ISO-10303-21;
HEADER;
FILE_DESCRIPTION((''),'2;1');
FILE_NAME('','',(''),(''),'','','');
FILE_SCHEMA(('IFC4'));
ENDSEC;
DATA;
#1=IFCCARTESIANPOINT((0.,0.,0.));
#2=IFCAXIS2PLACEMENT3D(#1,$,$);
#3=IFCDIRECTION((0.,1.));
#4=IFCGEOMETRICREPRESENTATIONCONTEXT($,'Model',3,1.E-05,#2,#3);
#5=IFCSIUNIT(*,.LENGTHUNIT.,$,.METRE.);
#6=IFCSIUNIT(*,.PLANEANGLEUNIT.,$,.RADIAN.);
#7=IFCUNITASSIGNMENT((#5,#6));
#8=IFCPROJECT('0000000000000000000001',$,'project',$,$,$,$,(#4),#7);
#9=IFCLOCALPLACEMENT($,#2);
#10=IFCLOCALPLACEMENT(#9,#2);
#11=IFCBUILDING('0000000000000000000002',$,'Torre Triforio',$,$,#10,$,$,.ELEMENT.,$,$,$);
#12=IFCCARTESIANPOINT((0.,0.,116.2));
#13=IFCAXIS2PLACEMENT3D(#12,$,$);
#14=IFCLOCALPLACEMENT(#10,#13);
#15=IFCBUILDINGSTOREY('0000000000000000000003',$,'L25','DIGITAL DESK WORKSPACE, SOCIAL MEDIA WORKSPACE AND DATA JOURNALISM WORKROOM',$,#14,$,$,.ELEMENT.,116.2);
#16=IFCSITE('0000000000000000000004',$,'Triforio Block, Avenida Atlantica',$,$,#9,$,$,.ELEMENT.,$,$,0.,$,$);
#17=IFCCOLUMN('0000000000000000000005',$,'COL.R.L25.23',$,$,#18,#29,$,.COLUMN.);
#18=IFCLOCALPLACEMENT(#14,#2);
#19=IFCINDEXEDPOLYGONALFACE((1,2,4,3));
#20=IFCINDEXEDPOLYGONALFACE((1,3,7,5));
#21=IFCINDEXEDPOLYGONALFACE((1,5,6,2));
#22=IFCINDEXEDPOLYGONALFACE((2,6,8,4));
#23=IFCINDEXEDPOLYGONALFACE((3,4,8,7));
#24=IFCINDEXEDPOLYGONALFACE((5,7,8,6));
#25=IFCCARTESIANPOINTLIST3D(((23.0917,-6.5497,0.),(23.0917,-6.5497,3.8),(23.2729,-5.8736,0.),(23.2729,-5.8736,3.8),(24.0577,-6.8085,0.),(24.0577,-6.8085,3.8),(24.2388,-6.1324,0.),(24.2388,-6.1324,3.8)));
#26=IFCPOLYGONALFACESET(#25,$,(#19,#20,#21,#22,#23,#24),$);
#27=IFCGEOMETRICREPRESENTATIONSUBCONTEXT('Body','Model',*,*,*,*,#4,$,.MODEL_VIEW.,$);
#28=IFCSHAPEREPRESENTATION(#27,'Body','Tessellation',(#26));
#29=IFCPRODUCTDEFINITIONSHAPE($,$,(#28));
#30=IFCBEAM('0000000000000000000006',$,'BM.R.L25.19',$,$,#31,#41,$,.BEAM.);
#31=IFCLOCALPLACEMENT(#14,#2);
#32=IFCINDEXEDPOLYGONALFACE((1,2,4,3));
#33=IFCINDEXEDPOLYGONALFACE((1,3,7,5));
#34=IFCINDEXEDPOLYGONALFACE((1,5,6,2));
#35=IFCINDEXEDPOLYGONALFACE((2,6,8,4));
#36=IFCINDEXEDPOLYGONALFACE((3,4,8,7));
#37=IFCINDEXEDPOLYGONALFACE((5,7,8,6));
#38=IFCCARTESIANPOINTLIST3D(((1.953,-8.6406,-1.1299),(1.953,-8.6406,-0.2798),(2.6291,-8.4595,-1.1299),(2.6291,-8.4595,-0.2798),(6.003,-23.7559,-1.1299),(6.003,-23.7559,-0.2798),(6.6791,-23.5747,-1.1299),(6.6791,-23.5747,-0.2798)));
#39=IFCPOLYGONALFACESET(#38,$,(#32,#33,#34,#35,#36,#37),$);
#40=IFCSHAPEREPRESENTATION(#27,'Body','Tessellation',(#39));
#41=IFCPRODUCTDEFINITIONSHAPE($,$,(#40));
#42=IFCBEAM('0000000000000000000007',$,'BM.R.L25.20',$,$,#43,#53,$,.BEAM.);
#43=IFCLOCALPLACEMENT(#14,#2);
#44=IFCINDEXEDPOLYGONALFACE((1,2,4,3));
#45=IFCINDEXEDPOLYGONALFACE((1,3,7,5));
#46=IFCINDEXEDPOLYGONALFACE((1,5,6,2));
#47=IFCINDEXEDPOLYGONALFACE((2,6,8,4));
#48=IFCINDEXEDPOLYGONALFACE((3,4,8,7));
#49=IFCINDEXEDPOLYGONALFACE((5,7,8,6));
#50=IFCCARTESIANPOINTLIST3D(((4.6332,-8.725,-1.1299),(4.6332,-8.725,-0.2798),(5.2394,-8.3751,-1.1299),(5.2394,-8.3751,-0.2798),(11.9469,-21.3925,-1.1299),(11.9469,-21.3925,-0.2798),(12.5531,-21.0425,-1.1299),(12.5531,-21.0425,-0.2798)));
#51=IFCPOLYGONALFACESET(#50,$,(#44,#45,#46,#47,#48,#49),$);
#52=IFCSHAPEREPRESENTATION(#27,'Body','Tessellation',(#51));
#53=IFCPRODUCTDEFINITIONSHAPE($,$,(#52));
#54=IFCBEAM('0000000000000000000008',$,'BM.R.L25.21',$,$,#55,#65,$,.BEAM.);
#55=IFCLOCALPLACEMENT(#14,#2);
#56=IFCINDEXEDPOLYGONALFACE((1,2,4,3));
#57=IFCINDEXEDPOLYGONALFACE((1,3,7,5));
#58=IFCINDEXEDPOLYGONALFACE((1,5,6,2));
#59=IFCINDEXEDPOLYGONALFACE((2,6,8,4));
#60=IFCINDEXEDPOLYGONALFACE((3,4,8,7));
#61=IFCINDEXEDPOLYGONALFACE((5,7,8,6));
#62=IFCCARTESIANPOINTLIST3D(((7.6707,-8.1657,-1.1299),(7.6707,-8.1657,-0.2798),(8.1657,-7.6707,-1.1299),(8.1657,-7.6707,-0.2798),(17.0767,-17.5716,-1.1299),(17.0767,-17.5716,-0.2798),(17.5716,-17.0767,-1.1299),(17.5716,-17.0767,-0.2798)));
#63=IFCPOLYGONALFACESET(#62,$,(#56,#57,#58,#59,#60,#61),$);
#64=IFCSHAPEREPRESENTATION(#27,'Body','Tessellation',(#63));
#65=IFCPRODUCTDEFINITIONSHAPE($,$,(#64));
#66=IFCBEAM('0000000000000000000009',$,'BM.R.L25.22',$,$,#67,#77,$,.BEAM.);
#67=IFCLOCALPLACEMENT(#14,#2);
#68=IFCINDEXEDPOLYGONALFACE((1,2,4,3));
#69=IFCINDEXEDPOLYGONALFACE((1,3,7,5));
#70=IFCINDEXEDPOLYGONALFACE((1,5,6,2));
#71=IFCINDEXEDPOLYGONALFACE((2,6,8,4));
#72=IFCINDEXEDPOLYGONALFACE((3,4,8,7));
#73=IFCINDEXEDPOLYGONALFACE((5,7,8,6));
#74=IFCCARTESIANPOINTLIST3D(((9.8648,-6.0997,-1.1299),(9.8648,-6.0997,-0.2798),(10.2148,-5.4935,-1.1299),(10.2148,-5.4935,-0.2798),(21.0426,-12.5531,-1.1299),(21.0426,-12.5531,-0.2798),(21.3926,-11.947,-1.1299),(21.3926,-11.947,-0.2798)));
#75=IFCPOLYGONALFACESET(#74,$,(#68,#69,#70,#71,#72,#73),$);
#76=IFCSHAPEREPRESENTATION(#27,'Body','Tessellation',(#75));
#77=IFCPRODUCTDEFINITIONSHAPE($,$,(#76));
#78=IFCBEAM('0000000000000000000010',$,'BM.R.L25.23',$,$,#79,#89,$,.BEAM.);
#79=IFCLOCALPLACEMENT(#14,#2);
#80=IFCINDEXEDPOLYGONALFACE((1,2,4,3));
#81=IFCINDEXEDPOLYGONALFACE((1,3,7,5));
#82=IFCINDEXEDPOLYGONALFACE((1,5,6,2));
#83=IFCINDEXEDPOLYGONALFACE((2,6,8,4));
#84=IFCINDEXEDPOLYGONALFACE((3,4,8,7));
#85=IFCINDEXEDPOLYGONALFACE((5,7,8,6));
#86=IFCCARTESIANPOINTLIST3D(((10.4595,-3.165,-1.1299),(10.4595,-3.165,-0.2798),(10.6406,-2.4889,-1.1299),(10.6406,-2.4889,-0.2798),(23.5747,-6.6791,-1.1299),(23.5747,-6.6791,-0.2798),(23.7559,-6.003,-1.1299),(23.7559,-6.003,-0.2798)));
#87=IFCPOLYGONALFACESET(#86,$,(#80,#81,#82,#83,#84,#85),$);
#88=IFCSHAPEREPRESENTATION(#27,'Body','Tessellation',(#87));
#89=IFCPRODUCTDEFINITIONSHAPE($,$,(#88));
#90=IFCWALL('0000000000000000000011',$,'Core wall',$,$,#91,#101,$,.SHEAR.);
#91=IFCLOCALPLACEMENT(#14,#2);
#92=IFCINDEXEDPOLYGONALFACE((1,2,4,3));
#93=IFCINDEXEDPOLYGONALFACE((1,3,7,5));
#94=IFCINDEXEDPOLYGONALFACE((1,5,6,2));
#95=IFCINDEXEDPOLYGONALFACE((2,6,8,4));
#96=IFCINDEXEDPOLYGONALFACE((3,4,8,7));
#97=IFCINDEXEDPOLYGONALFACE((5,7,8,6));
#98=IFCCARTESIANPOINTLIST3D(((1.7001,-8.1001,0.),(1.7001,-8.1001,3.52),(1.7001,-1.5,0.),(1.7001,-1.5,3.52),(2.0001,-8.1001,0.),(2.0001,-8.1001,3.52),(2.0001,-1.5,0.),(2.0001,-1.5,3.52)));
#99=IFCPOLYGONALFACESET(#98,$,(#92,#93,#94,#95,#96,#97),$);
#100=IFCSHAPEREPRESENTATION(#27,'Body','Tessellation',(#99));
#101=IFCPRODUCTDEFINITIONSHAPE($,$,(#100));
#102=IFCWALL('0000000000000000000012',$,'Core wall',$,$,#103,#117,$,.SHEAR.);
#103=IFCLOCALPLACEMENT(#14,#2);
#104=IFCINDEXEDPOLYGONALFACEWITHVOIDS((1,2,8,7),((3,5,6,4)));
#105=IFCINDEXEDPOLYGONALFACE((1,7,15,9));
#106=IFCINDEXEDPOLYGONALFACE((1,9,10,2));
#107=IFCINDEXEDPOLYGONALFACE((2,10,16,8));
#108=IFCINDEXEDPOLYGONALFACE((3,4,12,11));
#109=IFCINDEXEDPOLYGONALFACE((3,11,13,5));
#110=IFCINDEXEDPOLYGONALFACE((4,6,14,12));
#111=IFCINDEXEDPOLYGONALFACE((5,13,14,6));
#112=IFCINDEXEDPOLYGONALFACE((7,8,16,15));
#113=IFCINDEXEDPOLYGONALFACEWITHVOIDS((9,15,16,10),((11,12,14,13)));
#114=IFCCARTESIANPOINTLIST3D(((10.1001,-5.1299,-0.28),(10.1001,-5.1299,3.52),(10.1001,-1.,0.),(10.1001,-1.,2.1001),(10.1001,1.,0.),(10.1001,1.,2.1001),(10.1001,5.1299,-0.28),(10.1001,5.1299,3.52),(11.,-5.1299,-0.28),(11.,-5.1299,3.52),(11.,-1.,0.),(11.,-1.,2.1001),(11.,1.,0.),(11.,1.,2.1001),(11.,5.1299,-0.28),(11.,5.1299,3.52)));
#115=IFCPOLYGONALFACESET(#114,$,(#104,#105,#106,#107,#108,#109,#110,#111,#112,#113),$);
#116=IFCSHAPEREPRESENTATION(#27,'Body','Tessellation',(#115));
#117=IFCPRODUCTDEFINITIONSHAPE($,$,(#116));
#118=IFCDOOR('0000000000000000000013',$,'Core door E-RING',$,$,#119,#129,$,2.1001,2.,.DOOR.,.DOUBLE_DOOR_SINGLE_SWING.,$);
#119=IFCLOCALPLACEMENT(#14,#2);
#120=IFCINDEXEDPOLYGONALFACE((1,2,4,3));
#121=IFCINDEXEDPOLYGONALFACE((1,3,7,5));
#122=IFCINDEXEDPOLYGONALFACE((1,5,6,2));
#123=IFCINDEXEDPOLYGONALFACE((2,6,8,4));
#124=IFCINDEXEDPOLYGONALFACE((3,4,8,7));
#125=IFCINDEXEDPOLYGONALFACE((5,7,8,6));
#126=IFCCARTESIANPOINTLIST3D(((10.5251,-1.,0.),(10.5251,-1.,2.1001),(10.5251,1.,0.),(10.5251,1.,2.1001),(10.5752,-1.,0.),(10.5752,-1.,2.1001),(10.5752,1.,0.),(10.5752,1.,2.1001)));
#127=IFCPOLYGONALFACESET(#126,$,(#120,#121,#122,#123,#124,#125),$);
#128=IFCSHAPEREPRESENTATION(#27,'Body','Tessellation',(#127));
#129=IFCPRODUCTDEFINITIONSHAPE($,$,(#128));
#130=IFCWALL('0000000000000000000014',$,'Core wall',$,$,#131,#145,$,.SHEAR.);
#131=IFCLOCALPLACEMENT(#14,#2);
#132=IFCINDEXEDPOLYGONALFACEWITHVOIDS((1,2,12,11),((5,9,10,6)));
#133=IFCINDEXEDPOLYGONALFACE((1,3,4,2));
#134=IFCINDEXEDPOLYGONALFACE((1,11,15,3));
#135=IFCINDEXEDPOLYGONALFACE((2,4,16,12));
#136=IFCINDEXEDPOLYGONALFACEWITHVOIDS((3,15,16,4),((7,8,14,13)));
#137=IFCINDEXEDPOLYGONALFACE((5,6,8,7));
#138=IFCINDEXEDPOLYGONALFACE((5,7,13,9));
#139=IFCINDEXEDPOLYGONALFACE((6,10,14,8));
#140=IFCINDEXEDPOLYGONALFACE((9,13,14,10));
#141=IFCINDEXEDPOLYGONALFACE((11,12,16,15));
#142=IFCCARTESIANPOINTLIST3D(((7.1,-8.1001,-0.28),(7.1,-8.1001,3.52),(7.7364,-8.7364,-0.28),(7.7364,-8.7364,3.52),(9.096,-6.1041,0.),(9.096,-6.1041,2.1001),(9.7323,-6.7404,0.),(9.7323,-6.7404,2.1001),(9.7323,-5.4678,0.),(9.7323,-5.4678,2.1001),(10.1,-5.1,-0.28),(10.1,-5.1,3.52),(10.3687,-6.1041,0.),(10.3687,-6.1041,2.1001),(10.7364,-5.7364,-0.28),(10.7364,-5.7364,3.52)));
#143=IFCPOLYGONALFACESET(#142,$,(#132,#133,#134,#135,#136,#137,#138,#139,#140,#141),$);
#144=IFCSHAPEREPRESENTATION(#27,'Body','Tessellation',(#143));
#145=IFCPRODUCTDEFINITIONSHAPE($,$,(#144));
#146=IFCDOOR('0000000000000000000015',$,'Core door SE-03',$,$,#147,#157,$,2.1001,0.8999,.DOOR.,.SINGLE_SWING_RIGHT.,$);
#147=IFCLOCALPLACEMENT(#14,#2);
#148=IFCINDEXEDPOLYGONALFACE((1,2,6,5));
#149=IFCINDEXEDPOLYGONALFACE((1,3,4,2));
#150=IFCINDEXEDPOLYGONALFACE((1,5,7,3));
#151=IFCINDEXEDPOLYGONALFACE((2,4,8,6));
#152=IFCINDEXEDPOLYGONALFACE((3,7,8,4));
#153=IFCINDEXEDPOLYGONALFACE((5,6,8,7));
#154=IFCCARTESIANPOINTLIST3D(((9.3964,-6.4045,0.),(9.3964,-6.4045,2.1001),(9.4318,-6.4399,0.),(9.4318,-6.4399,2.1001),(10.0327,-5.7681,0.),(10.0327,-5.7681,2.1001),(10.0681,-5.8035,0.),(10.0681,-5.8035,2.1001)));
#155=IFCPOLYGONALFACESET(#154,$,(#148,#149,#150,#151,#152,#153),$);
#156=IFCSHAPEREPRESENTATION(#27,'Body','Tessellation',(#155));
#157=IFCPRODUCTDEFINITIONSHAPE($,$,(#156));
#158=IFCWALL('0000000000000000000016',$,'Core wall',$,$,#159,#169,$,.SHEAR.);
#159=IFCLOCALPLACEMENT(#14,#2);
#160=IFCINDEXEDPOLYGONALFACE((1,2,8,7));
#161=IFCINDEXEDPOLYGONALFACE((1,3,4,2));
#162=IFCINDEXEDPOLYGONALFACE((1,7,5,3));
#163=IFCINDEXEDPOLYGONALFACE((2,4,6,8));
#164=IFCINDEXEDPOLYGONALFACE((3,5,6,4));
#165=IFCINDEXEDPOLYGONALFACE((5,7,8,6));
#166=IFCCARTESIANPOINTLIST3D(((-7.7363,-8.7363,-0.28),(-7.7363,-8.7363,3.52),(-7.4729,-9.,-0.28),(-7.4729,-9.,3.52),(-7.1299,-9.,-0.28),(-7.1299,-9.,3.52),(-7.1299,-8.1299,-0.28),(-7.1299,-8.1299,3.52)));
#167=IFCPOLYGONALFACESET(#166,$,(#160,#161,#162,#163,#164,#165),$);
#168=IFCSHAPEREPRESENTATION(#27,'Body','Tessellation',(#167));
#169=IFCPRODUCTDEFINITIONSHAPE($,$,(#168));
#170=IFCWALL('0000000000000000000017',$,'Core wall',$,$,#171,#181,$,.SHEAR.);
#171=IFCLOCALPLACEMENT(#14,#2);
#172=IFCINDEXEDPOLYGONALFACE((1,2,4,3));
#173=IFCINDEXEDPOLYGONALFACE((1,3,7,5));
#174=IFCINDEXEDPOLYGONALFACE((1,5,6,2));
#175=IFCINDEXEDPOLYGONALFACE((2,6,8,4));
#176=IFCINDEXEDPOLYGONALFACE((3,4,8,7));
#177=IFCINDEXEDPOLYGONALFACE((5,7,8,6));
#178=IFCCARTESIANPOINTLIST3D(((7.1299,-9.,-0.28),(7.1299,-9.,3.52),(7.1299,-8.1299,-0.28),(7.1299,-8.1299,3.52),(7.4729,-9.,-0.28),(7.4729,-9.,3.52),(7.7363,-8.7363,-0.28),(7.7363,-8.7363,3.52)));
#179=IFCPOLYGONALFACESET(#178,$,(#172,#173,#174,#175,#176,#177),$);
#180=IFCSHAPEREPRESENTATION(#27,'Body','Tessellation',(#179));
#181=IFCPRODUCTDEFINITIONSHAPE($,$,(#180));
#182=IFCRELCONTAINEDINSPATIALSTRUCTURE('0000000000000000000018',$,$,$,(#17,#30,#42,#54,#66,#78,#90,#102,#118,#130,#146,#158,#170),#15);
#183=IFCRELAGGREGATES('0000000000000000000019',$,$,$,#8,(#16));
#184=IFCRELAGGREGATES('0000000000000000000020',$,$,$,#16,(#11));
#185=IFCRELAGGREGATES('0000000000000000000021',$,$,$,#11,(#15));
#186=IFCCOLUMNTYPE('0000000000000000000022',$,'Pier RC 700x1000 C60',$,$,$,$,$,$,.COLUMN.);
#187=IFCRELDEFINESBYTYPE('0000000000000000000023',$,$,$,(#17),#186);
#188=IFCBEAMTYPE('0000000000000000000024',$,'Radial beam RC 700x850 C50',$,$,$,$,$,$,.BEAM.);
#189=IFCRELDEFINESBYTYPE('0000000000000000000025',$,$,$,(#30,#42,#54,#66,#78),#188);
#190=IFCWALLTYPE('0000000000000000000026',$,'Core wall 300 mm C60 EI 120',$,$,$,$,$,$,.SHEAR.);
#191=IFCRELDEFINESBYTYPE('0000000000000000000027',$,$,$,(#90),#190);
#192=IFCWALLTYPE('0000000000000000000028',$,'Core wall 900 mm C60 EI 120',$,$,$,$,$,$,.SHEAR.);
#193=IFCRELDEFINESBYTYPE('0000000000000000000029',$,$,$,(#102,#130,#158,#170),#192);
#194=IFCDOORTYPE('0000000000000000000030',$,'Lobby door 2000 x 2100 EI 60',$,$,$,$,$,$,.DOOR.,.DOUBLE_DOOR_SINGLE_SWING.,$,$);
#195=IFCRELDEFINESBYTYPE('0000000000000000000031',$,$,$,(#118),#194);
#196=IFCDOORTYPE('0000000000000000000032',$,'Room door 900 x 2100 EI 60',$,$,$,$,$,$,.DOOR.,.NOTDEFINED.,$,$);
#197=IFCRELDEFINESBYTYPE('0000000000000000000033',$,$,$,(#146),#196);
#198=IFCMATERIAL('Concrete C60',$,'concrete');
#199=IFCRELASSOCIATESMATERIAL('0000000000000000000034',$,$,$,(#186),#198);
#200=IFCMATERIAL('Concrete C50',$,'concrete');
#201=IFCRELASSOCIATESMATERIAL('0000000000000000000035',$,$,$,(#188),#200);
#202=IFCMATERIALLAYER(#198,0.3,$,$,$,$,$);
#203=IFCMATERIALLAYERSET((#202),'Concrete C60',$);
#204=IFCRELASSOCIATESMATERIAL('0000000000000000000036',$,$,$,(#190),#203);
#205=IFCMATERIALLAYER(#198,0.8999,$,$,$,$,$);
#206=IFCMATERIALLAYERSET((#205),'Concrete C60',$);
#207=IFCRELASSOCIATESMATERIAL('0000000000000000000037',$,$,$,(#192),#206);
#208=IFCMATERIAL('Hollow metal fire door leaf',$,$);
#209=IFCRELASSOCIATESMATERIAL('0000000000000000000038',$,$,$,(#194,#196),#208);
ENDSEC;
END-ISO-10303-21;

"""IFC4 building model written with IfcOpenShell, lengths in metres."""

from ifc_helpers import new_model, si_unit, direction, frame, frame_2d, origin, origin_2d, place, context, subcontext, project, spatial, polyline, rectangle, outline, extrude, material, layer, layer_set, material_profile, profile_set, type_object, element, fill, save


model = new_model("IFC4")

# Units and contexts
model_context = context("Model", 3, precision=1e-05, world=origin(), true_north=direction((0.0, 1.0)))
body_context = subcontext(model_context, "Body", "Model", "MODEL_VIEW")
ifc_project = project(units=[si_unit("LENGTHUNIT", "METRE"), si_unit("PLANEANGLEUNIT", "RADIAN")], contexts=[model_context])

# Site, building, storey
site_placement = place(None, origin())
site = spatial("IfcSite", under=ifc_project, at=site_placement, Name="Triforio Block, Avenida Atlantica", CompositionType="ELEMENT", RefElevation=0.0)
building_placement = place(site_placement, origin())
building = spatial("IfcBuilding", under=site, at=building_placement, Name="Torre Triforio", CompositionType="ELEMENT")
storey_placement = place(building_placement, frame((0.0, 0.0, 116.2)))
storey = spatial("IfcBuildingStorey", under=building, at=storey_placement, Name="L25", Description="DIGITAL DESK WORKSPACE, SOCIAL MEDIA WORKSPACE AND DATA JOURNALISM WORKROOM", CompositionType="ELEMENT", Elevation=116.2)

# Column
ifc_material_1 = material(Name="Concrete C60", Category="concrete")
ifc_material_profile_1 = material_profile(ifc_material_1, rectangle(XDim=0.7, YDim=1.0, at=origin_2d()), Name="RC 700x1000")
ifc_profile_set_1 = profile_set([ifc_material_profile_1], Name="Concrete C60")
column_type = type_object("IfcColumnType", Name="Pier RC 700x1000 C60", PredefinedType="COLUMN", material=ifc_profile_set_1)
column_placement = place(storey_placement, frame((23.6653, -6.3411, 0.0), z_axis=(0.0, 0.0, 1.0), x_axis=(0.258819, 0.965926, 0.0)))
element("IfcColumn", 1, at=column_placement, inside=storey, type_object=column_type, Name="COL.R.L25.23", PredefinedType="COLUMN", context=body_context, shape_type="SweptSolid", body=[
    extrude(rectangle(XDim=0.7, YDim=1.0, at=origin_2d()), origin(), (0.0, 0.0, 1.0), 3.8),
])

# Beams
ifc_material_2 = material(Name="Concrete C50", Category="concrete")
ifc_material_profile_2 = material_profile(ifc_material_2, rectangle(XDim=0.7, YDim=0.8501, at=origin_2d()), Name="RC 700x850")
ifc_profile_set_2 = profile_set([ifc_material_profile_2], Name="Concrete C50")
beam_type = type_object("IfcBeamType", Name="Radial beam RC 700x850 C50", PredefinedType="BEAM", material=ifc_profile_set_2)
beam_1_placement = place(storey_placement, frame((2.291, -8.55, -0.7048), z_axis=(0.258815, -0.965927, 0.0), x_axis=(0.965927, 0.258815, 0.0)))
element("IfcBeam", 2, at=beam_1_placement, inside=storey, type_object=beam_type, Name="BM.R.L25.19", PredefinedType="BEAM", context=body_context, shape_type="SweptSolid", body=[
    extrude(rectangle(XDim=0.7, YDim=0.8501, at=origin_2d()), origin(), (0.0, 0.0, 1.0), 15.6484),
])
beam_2_placement = place(storey_placement, frame((4.9363, -8.55, -0.7048), z_axis=(0.500008, -0.866021, 0.0), x_axis=(0.866021, 0.500008, 0.0)))
element("IfcBeam", 3, at=beam_2_placement, inside=storey, type_object=beam_type, Name="BM.R.L25.20", PredefinedType="BEAM", context=body_context, shape_type="SweptSolid", body=[
    extrude(rectangle(XDim=0.7, YDim=0.8501, at=origin_2d()), origin(), (0.0, 0.0, 1.0), 14.6272),
])
beam_3_placement = place(storey_placement, frame((7.9182, -7.9182, -0.7048), z_axis=(0.707107, -0.707107, 0.0), x_axis=(0.707107, 0.707107, 0.0)))
element("IfcBeam", 4, at=beam_3_placement, inside=storey, type_object=beam_type, Name="BM.R.L25.21", PredefinedType="BEAM", context=body_context, shape_type="SweptSolid", body=[
    extrude(rectangle(XDim=0.7, YDim=0.8501, at=origin_2d()), origin(), (0.0, 0.0, 1.0), 13.302),
])
beam_4_placement = place(storey_placement, frame((10.0398, -5.7966, -0.7048), z_axis=(0.866029, -0.499994, 0.0), x_axis=(0.499994, 0.866029, 0.0)))
element("IfcBeam", 5, at=beam_4_placement, inside=storey, type_object=beam_type, Name="BM.R.L25.22", PredefinedType="BEAM", context=body_context, shape_type="SweptSolid", body=[
    extrude(rectangle(XDim=0.7, YDim=0.8501, at=origin_2d()), origin(), (0.0, 0.0, 1.0), 12.907),
])
beam_5_placement = place(storey_placement, frame((10.55, -2.8269, -0.7048), z_axis=(0.965927, -0.258815, 0.0), x_axis=(0.258815, 0.965927, 0.0)))
element("IfcBeam", 6, at=beam_5_placement, inside=storey, type_object=beam_type, Name="BM.R.L25.23", PredefinedType="BEAM", context=body_context, shape_type="SweptSolid", body=[
    extrude(rectangle(XDim=0.7, YDim=0.8501, at=origin_2d()), origin(), (0.0, 0.0, 1.0), 13.5779),
])

# Wall
ifc_layer_1 = layer(ifc_material_1, 0.3)
ifc_layer_set_1 = layer_set([ifc_layer_1], Name="Concrete C60")
wall_type_1 = type_object("IfcWallType", Name="Core wall 300 mm C60 EI 120", PredefinedType="SHEAR", material=ifc_layer_set_1)
wall_1_placement = place(storey_placement, frame((1.8501, -8.1001, 0.0), z_axis=(0.0, 0.0, 1.0), x_axis=(0.0, 1.0, 0.0)))
element("IfcWall", 7, at=wall_1_placement, inside=storey, type_object=wall_type_1, Name="Core wall", PredefinedType="SHEAR", context=body_context, shape_type="SweptSolid", body=[
    extrude(rectangle(XDim=6.6001, YDim=0.3, at=frame_2d((3.3, 0.0))), origin(), (0.0, 0.0, 1.0), 3.52),
])

# Walls, openings, doors
ifc_layer_2 = layer(ifc_material_1, 0.8999)
ifc_layer_set_2 = layer_set([ifc_layer_2], Name="Concrete C60")
wall_type_2 = type_object("IfcWallType", Name="Core wall 900 mm C60 EI 120", PredefinedType="SHEAR", material=ifc_layer_set_2)
wall_2_placement = place(storey_placement, frame((10.55, -5.1299, -0.28), z_axis=(0.0, 0.0, 1.0), x_axis=(0.0, 1.0, 0.0)))
wall_2 = element("IfcWall", 8, at=wall_2_placement, inside=storey, type_object=wall_type_2, Name="Core wall", PredefinedType="SHEAR", context=body_context, shape_type="SweptSolid", body=[
    extrude(rectangle(XDim=10.2598, YDim=0.8999, at=frame_2d((5.1299, 0.0))), origin(), (0.0, 0.0, 1.0), 3.8),
])
opening_1_placement = place(wall_2_placement, frame((4.1299, 0.0, 0.28)))
opening_1 = element("IfcOpeningElement", 9, at=opening_1_placement, cuts=wall_2, PredefinedType="OPENING", context=body_context, shape_type="SweptSolid", body=[
    extrude(rectangle(XDim=2.0, YDim=2.1001, at=frame_2d((1.0, 1.05))), frame((0.0, 0.46, 0.0), z_axis=(0.0, -1.0, 0.0), x_axis=(1.0, 0.0, 0.0)), (0.0, 0.0, 1.0), 0.9199),
])
ifc_material_3 = material(Name="Hollow metal fire door leaf")
door_type_1 = type_object("IfcDoorType", Name="Lobby door 2000 x 2100 EI 60", OperationType="DOUBLE_DOOR_SINGLE_SWING", PredefinedType="DOOR", material=ifc_material_3)
door_1_placement = place(opening_1_placement, origin())
door_1 = element("IfcDoor", 10, at=door_1_placement, inside=storey, type_object=door_type_1, Name="Core door E-RING", OperationType="DOUBLE_DOOR_SINGLE_SWING", OverallHeight=2.1001, OverallWidth=2.0, PredefinedType="DOOR", context=body_context, shape_type="SweptSolid", body=[
    extrude(rectangle(XDim=2.0, YDim=2.1001, at=frame_2d((1.0, 1.05))), frame((0.0, 0.0249, 0.0), z_axis=(0.0, -1.0, 0.0), x_axis=(1.0, 0.0, 0.0)), (0.0, 0.0, 1.0), 0.05),
])
fill(opening_1, door_1)
wall_3_placement = place(storey_placement, frame((10.4182, -5.4182, -0.28), z_axis=(0.0, 0.0, 1.0), x_axis=(-0.707107, -0.707107, 0.0)))
wall_3 = element("IfcWall", 11, at=wall_3_placement, inside=storey, type_object=wall_type_2, Name="Core wall", PredefinedType="SHEAR", context=body_context, shape_type="SweptSolid", body=[
    extrude(rectangle(XDim=4.2427, YDim=0.8999, at=frame_2d((2.1213, 0.0))), origin(), (0.0, 0.0, 1.0), 3.8),
])
opening_2_placement = place(wall_3_placement, frame((0.52, 0.0, 0.28)))
opening_2 = element("IfcOpeningElement", 12, at=opening_2_placement, cuts=wall_3, PredefinedType="OPENING", context=body_context, shape_type="SweptSolid", body=[
    extrude(rectangle(XDim=0.8999, YDim=2.1001, at=frame_2d((0.45, 1.05))), frame((0.0, 0.46, 0.0), z_axis=(0.0, -1.0, 0.0), x_axis=(1.0, 0.0, 0.0)), (0.0, 0.0, 1.0), 0.9199),
])
door_type_2 = type_object("IfcDoorType", Name="Room door 900 x 2100 EI 60", OperationType="NOTDEFINED", PredefinedType="DOOR", material=ifc_material_3)
door_2_placement = place(opening_2_placement, origin())
door_2 = element("IfcDoor", 13, at=door_2_placement, inside=storey, type_object=door_type_2, Name="Core door SE-03", OperationType="SINGLE_SWING_RIGHT", OverallHeight=2.1001, OverallWidth=0.8999, PredefinedType="DOOR", context=body_context, shape_type="SweptSolid", body=[
    extrude(rectangle(XDim=0.8999, YDim=2.1001, at=frame_2d((0.45, 1.05))), frame((0.0, 0.0249, 0.0), z_axis=(0.0, -1.0, 0.0), x_axis=(1.0, 0.0, 0.0)), (0.0, 0.0, 1.0), 0.05),
])
fill(opening_2, door_2)

# Walls
wall_4_placement = place(storey_placement, frame((0.0, 0.0, -0.28)))
element("IfcWall", 14, at=wall_4_placement, inside=storey, type_object=wall_type_2, Name="Core wall", PredefinedType="SHEAR", context=body_context, shape_type="SweptSolid", body=[
    extrude(outline(polyline([(-7.4729, -9.0), (-7.7363, -8.7363), (-7.1299, -8.1299), (-7.1299, -9.0), (-7.4729, -9.0)])), origin(), (0.0, 0.0, 1.0), 3.8),
])
wall_5_placement = place(storey_placement, frame((0.0, 0.0, -0.28)))
element("IfcWall", 15, at=wall_5_placement, inside=storey, type_object=wall_type_2, Name="Core wall", PredefinedType="SHEAR", context=body_context, shape_type="SweptSolid", body=[
    extrude(outline(polyline([(7.4729, -9.0), (7.1299, -9.0), (7.1299, -8.1299), (7.7363, -8.7363), (7.4729, -9.0)])), origin(), (0.0, 0.0, 1.0), 3.8),
])

save(model, "model.ifc")
